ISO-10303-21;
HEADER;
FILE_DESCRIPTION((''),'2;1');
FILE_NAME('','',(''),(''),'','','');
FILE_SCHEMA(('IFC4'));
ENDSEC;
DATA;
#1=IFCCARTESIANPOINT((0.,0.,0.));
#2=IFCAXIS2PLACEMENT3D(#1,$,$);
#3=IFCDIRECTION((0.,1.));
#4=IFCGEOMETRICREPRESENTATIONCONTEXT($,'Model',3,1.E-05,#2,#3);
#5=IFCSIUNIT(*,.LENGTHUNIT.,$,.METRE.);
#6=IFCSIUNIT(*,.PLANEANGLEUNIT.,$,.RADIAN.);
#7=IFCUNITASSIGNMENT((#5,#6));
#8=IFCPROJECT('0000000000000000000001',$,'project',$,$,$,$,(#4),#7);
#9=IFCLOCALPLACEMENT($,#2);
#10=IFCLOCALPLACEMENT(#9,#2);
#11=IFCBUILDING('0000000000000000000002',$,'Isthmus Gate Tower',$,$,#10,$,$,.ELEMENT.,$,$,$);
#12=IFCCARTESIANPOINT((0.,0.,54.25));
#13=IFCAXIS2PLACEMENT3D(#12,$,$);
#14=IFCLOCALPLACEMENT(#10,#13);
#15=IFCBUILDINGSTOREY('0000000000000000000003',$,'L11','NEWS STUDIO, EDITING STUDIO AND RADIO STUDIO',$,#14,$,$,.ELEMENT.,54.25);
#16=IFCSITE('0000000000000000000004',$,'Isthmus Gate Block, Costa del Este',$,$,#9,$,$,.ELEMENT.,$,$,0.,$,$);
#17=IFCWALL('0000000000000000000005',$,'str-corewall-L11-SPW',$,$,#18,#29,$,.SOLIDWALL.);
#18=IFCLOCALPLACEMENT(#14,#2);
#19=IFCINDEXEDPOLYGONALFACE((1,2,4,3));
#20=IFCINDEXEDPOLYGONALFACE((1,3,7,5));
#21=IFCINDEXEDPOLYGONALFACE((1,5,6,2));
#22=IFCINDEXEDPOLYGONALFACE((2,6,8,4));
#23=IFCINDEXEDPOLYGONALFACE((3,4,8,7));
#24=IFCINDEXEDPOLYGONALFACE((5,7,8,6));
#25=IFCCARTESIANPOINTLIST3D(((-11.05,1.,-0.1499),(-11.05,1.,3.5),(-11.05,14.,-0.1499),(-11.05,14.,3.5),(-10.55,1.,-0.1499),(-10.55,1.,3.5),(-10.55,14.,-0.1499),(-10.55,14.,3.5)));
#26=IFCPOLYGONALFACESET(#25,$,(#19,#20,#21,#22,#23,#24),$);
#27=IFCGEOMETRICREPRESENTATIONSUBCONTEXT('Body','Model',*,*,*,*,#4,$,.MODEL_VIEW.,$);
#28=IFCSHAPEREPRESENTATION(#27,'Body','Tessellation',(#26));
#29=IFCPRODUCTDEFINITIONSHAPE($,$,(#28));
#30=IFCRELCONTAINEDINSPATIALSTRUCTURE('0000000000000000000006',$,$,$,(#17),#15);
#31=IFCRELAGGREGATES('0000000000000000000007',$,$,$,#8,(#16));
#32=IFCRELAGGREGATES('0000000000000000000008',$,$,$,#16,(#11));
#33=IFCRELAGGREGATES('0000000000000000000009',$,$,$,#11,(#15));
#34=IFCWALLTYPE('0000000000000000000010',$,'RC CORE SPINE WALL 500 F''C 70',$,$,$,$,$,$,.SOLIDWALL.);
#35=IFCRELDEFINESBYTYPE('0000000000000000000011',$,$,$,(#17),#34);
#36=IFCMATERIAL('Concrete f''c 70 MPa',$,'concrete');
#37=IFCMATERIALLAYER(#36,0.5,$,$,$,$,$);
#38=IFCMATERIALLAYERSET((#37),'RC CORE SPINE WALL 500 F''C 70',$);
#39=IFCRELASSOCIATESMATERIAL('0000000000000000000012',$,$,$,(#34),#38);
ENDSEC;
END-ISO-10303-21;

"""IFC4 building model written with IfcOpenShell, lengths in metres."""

from ifc_helpers import new_model, si_unit, direction, frame, frame_2d, origin, place, context, subcontext, project, spatial, rectangle, extrude, material, layer, layer_set, type_object, element, save


model = new_model("IFC4")

# Units and contexts
model_context = context("Model", 3, precision=1e-05, world=origin(), true_north=direction((0.0, 1.0)))
body_context = subcontext(model_context, "Body", "Model", "MODEL_VIEW")
ifc_project = project(units=[si_unit("LENGTHUNIT", "METRE"), si_unit("PLANEANGLEUNIT", "RADIAN")], contexts=[model_context])

# Site, building, storey
site_placement = place(None, origin())
site = spatial("IfcSite", under=ifc_project, at=site_placement, Name="Isthmus Gate Block, Costa del Este", CompositionType="ELEMENT", RefElevation=0.0)
building_placement = place(site_placement, origin())
building = spatial("IfcBuilding", under=site, at=building_placement, Name="Isthmus Gate Tower", CompositionType="ELEMENT")
storey_placement = place(building_placement, frame((0.0, 0.0, 54.25)))
storey = spatial("IfcBuildingStorey", under=building, at=storey_placement, Name="L11", Description="NEWS STUDIO, EDITING STUDIO AND RADIO STUDIO", CompositionType="ELEMENT", Elevation=54.25)

# Wall
ifc_material_1 = material(Name="Concrete f'c 70 MPa", Category="concrete")
ifc_layer_1 = layer(ifc_material_1, 0.5)
ifc_layer_set_1 = layer_set([ifc_layer_1], Name="RC CORE SPINE WALL 500 F'C 70")
wall_type_1 = type_object("IfcWallType", Name="RC CORE SPINE WALL 500 F'C 70", PredefinedType="SOLIDWALL", material=ifc_layer_set_1)
wall_1_placement = place(storey_placement, frame((-10.8, 1.0, -0.1499), z_axis=(0.0, 0.0, 1.0), x_axis=(0.0, 1.0, 0.0)))
element("IfcWall", 1, at=wall_1_placement, inside=storey, type_object=wall_type_1, Name="str-corewall-L11-SPW", PredefinedType="SOLIDWALL", context=body_context, shape_type="SweptSolid", body=[
    extrude(rectangle(XDim=13.0, YDim=0.5, at=frame_2d((6.5, 0.0))), origin(), (0.0, 0.0, 1.0), 3.6499),
])

save(model, "model.ifc")
